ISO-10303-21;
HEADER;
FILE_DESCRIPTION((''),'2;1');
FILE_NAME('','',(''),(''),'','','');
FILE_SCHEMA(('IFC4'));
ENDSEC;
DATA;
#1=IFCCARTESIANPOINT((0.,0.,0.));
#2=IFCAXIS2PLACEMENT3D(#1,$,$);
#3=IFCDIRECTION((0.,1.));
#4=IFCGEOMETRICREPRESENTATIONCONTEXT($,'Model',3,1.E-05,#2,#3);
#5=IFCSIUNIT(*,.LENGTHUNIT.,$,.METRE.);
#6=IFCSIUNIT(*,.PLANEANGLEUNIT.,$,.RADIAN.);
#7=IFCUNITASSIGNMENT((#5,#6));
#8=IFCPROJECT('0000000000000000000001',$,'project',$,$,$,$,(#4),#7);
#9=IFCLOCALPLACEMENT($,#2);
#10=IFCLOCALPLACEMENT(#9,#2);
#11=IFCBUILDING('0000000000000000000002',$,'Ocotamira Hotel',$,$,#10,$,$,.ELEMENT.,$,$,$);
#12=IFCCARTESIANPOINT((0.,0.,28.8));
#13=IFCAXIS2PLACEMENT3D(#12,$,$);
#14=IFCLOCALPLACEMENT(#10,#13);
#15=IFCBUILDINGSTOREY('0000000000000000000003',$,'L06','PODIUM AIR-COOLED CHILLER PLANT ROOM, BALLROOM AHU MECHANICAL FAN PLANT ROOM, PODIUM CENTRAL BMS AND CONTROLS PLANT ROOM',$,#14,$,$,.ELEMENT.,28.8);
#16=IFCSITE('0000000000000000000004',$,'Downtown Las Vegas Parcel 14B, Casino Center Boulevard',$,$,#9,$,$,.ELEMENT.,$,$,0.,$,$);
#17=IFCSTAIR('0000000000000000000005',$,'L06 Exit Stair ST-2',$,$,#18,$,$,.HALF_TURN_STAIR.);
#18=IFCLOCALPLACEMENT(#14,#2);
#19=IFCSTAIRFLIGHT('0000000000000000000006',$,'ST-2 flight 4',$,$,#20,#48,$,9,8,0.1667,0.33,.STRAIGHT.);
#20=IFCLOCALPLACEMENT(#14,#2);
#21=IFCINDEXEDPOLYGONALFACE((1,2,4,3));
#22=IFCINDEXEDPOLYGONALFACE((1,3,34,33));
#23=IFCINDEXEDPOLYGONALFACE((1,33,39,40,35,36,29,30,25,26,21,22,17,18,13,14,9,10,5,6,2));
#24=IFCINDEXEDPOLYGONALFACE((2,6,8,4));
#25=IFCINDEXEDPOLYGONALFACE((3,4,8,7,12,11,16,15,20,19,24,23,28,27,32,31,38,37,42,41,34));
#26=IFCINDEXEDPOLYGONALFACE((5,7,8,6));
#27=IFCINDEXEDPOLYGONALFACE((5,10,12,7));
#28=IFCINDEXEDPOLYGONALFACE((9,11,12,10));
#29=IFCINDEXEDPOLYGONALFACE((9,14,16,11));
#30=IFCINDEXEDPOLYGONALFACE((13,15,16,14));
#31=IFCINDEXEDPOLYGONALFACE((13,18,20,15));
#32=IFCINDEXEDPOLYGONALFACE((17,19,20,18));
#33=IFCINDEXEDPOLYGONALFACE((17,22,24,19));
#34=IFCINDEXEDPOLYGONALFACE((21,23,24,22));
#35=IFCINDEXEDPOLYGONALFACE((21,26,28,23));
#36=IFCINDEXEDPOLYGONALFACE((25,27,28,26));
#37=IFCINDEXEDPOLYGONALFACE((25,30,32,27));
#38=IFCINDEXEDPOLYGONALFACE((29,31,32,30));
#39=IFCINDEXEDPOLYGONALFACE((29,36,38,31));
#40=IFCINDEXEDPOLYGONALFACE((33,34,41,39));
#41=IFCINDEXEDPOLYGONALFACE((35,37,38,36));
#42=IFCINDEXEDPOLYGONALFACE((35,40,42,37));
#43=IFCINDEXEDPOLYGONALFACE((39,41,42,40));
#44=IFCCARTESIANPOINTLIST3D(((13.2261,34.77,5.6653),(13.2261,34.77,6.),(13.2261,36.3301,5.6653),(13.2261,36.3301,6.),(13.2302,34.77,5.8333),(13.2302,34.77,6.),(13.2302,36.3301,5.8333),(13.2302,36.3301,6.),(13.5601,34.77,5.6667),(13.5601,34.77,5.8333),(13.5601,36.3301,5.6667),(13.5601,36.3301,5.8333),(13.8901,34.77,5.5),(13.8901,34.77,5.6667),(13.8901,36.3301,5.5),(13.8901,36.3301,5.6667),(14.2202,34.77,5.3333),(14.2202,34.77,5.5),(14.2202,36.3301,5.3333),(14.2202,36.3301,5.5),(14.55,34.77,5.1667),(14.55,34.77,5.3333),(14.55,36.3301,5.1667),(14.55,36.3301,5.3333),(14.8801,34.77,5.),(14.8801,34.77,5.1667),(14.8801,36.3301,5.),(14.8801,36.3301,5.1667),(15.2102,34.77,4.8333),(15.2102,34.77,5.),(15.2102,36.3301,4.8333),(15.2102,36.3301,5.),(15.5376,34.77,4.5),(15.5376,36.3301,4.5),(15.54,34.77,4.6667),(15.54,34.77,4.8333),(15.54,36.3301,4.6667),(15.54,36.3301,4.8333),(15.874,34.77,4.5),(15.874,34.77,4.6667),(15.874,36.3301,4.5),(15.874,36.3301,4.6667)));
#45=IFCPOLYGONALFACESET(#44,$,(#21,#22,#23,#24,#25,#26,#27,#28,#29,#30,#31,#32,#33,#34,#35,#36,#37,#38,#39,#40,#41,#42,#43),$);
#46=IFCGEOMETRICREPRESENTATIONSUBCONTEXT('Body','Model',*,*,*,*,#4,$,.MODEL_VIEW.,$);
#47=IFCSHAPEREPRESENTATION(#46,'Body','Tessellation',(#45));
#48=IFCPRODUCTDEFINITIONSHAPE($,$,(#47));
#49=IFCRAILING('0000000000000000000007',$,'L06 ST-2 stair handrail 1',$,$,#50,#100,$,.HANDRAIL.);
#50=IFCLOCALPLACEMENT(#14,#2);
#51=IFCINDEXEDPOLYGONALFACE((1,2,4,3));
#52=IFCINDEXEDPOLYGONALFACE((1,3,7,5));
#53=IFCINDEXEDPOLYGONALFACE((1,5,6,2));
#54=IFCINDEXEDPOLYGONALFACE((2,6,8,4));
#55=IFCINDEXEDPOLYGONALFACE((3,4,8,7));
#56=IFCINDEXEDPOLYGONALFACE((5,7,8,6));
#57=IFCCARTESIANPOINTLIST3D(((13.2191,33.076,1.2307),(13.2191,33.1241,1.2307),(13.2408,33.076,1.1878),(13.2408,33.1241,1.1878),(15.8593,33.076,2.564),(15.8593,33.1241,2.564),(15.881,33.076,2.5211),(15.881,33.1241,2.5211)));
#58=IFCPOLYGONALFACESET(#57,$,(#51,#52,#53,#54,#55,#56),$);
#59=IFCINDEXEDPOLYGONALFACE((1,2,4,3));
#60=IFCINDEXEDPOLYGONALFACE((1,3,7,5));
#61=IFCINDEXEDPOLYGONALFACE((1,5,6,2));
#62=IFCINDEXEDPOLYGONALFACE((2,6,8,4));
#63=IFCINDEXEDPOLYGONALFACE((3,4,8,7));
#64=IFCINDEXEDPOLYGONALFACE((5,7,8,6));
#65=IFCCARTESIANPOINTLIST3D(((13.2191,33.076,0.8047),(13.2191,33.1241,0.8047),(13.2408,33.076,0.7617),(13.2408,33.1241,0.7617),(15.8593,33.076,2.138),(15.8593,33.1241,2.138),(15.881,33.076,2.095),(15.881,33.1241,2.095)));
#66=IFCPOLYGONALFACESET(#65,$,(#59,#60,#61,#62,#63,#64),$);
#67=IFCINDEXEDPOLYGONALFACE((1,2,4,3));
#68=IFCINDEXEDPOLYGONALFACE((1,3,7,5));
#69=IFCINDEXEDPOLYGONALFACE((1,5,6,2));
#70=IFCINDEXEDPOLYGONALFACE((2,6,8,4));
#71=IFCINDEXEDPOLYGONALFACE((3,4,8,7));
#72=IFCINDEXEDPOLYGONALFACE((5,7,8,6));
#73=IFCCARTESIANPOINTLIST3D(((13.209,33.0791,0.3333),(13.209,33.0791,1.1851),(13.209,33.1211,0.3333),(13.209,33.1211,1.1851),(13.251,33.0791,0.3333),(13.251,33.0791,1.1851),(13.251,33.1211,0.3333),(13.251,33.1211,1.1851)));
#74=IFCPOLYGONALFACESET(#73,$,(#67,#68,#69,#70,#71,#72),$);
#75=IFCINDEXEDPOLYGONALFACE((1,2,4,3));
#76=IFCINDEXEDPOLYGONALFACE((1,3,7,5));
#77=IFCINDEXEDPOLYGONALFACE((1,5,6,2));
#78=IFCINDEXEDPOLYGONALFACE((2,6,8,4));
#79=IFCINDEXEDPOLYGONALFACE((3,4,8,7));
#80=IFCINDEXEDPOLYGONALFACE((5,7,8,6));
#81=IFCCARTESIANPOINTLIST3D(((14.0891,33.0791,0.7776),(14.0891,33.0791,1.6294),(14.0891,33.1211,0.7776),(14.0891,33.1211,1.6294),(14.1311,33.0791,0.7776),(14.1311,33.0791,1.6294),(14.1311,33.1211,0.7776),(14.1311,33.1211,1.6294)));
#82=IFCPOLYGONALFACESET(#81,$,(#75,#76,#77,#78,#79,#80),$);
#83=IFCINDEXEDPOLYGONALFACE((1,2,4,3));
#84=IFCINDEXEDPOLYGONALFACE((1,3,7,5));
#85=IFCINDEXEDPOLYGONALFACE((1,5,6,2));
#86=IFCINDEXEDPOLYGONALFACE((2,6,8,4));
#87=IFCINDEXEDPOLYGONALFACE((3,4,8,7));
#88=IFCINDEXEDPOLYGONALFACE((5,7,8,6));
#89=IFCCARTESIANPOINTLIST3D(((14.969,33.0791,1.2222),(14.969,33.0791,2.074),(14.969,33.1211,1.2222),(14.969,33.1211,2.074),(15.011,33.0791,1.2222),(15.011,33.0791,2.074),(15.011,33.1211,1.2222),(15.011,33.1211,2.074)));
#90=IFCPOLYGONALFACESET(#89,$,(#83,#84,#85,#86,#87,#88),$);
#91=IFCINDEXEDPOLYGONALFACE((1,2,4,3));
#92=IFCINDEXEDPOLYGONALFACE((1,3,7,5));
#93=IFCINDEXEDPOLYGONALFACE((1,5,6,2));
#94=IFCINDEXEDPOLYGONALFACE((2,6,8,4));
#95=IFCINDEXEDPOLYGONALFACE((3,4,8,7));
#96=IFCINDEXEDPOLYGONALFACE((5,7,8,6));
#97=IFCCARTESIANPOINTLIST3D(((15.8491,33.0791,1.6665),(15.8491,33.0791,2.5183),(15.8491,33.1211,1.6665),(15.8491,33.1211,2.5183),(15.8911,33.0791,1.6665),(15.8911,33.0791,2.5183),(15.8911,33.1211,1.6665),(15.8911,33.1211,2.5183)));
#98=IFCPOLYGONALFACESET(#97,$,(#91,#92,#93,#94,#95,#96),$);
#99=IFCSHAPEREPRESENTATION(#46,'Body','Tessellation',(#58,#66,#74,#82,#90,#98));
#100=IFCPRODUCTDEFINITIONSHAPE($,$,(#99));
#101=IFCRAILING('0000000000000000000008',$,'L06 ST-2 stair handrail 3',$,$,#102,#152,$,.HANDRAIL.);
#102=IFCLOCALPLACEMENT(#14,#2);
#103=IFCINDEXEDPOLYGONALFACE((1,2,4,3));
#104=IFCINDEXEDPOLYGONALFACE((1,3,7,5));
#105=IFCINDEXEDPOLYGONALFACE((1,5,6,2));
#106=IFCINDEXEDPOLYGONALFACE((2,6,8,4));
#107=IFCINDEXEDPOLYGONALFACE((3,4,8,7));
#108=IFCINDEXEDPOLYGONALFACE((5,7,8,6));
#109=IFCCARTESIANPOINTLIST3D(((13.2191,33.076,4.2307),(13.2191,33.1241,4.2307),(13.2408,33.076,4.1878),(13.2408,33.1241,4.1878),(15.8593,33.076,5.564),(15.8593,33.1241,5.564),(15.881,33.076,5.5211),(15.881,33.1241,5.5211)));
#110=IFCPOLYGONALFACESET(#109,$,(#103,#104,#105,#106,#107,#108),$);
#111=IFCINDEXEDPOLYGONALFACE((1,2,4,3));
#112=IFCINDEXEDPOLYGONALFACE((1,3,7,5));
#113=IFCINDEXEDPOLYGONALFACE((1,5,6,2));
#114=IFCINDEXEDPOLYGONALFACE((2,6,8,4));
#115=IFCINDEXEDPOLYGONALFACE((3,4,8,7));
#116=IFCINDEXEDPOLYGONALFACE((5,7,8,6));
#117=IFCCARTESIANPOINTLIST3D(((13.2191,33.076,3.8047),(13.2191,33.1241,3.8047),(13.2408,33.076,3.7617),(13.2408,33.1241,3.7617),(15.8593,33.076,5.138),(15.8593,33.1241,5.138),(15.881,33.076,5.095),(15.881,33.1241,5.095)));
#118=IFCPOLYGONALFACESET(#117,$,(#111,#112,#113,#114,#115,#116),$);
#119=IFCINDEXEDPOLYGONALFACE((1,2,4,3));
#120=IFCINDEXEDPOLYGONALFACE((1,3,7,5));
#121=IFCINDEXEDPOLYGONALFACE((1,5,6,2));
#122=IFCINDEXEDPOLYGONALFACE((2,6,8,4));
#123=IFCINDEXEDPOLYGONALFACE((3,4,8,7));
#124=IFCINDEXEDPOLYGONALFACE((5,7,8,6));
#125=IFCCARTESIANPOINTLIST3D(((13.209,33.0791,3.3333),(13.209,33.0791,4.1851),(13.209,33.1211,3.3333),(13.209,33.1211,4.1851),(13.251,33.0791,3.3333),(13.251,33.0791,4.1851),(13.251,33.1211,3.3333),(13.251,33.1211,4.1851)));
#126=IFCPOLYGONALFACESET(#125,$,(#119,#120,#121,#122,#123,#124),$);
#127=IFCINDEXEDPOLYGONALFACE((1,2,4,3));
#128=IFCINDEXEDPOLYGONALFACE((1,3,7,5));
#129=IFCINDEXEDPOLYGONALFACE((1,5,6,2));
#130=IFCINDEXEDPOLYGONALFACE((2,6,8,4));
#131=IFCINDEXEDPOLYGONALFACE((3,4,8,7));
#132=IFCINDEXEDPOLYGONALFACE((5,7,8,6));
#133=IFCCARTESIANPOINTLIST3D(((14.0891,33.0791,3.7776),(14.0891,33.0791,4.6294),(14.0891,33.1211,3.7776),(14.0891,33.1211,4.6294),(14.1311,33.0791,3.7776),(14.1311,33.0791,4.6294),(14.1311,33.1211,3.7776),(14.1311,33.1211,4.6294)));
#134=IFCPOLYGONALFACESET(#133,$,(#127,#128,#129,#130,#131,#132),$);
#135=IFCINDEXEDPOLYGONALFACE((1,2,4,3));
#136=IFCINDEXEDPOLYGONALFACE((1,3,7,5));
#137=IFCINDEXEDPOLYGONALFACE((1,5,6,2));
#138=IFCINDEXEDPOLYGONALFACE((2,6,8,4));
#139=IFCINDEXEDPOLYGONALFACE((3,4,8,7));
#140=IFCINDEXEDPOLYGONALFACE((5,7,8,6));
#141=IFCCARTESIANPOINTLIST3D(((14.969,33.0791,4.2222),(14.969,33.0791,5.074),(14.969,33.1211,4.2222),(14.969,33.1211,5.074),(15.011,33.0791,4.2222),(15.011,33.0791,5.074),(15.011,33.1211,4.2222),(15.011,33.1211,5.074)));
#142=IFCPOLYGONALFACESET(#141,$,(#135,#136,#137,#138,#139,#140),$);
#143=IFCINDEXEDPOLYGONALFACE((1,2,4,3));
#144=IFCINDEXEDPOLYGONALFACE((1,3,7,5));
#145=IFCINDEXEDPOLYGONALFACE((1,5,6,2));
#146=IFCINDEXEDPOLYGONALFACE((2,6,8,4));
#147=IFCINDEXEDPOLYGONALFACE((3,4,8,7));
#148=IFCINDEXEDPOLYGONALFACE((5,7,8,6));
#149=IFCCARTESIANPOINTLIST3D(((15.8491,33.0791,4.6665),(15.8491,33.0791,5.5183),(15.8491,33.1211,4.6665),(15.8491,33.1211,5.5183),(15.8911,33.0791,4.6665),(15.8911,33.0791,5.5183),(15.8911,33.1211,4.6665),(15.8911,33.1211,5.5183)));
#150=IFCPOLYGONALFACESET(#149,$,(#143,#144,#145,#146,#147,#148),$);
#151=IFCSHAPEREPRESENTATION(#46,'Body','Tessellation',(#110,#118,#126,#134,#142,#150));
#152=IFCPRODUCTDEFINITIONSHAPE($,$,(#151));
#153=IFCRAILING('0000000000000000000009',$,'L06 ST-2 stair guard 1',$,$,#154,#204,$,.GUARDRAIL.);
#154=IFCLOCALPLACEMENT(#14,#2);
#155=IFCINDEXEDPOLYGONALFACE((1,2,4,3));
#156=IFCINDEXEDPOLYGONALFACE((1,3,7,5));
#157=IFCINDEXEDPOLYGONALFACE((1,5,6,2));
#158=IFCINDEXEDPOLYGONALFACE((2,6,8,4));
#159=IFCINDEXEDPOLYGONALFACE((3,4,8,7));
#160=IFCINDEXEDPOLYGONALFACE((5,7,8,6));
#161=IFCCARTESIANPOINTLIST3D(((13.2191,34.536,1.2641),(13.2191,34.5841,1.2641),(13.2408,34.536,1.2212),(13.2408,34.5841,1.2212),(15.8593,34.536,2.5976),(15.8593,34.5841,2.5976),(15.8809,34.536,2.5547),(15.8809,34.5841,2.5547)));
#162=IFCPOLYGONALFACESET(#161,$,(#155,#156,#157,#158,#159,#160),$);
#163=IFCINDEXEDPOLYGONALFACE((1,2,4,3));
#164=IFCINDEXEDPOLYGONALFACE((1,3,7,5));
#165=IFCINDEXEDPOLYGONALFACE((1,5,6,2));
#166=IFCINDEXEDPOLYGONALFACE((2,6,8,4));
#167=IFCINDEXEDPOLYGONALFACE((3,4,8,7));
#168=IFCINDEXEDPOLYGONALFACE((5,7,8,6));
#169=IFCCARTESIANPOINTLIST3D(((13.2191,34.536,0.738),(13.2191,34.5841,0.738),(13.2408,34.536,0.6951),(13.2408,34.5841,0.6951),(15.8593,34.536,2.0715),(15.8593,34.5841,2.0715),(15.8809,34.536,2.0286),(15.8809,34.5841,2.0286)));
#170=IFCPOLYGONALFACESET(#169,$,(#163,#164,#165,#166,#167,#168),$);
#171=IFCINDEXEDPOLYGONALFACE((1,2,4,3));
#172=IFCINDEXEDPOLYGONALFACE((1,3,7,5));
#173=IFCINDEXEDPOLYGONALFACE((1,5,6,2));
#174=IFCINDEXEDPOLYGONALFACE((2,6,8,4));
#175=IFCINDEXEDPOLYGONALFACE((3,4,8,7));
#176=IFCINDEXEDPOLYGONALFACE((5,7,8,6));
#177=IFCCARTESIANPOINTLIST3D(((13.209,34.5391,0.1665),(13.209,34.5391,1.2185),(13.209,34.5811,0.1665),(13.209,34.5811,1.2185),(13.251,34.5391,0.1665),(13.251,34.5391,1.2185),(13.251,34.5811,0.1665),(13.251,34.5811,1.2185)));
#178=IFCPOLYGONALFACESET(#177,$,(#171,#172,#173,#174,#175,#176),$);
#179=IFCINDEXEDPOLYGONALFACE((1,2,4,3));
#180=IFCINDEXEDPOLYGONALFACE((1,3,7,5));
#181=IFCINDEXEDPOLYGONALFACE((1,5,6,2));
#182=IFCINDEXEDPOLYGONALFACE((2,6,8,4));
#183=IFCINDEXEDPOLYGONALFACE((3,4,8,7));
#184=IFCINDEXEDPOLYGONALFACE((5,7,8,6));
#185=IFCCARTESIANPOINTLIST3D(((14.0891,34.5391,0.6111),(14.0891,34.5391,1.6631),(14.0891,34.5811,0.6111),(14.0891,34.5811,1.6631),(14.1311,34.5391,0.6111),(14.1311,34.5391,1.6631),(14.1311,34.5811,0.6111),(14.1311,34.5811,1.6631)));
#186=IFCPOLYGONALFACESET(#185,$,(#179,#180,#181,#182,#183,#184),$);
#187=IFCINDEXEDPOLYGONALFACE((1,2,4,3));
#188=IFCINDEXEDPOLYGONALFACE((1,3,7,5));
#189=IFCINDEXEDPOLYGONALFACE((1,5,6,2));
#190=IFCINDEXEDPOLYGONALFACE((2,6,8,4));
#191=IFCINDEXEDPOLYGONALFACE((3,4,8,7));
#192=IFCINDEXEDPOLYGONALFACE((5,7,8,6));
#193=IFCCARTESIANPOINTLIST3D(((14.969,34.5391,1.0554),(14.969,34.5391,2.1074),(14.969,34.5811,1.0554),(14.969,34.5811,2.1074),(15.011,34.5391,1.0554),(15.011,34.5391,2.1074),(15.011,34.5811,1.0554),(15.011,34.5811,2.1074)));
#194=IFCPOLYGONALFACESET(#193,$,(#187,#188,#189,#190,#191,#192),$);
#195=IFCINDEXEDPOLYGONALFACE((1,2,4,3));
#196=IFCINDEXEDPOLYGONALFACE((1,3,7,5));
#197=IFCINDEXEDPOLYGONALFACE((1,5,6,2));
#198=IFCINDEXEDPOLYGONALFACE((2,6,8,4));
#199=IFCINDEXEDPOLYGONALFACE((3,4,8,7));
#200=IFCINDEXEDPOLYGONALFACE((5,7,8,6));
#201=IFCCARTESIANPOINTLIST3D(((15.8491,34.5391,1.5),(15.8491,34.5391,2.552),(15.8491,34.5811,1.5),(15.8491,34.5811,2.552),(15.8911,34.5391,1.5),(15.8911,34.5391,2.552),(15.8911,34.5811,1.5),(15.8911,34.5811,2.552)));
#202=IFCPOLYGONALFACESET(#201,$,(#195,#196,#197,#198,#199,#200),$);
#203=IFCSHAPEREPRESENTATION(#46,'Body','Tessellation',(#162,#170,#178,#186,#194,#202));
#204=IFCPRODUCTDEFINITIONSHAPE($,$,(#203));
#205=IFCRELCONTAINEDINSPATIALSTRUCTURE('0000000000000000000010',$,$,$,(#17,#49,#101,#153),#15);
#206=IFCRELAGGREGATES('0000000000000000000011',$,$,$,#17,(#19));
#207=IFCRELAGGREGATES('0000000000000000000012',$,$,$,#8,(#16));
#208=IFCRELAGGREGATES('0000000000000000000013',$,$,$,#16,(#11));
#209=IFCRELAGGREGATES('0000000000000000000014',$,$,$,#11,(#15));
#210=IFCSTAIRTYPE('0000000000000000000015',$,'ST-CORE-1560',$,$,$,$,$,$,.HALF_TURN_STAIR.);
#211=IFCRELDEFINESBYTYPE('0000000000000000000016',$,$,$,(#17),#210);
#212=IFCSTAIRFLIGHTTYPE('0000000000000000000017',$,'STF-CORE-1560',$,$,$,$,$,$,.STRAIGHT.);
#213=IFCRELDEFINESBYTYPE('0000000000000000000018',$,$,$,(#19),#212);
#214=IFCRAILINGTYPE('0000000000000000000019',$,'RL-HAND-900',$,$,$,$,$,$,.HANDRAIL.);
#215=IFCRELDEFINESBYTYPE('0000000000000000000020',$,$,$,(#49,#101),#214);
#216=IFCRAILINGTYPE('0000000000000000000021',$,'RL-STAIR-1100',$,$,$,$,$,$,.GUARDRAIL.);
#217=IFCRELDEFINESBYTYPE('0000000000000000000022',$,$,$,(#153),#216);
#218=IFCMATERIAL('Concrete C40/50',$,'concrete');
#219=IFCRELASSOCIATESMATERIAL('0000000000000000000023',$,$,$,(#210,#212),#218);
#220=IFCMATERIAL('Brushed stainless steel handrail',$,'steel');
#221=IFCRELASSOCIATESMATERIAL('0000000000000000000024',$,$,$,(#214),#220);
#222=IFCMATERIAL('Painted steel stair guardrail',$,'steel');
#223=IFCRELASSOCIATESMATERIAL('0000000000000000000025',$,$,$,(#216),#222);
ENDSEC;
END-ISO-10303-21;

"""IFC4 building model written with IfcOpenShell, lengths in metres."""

from ifc_helpers import new_model, si_unit, direction, frame, origin, origin_2d, place, context, subcontext, project, spatial, polyline, rectangle, outline, extrude, source, transform, mapped, material, type_object, element, aggregate, save


model = new_model("IFC4")

# Units and contexts
model_context = context("Model", 3, precision=1e-05, world=origin(), true_north=direction((0.0, 1.0)))
body_context = subcontext(model_context, "Body", "Model", "MODEL_VIEW")
ifc_project = project(units=[si_unit("LENGTHUNIT", "METRE"), si_unit("PLANEANGLEUNIT", "RADIAN")], contexts=[model_context])

# Site, building, storey
site_placement = place(None, origin())
site = spatial("IfcSite", under=ifc_project, at=site_placement, Name="Downtown Las Vegas Parcel 14B, Casino Center Boulevard", CompositionType="ELEMENT", RefElevation=0.0)
building_placement = place(site_placement, origin())
building = spatial("IfcBuilding", under=site, at=building_placement, Name="Ocotamira Hotel", CompositionType="ELEMENT")
storey_placement = place(building_placement, frame((0.0, 0.0, 28.8)))
storey = spatial("IfcBuildingStorey", under=building, at=storey_placement, Name="L06", Description="PODIUM AIR-COOLED CHILLER PLANT ROOM, BALLROOM AHU MECHANICAL FAN PLANT ROOM, PODIUM CENTRAL BMS AND CONTROLS PLANT ROOM", CompositionType="ELEMENT", Elevation=28.8)

# Stair, stair flight
ifc_material_1 = material(Name="Concrete C40/50", Category="concrete")
stair_type = type_object("IfcStairType", Name="ST-CORE-1560", PredefinedType="HALF_TURN_STAIR", material=ifc_material_1)
stair_placement = place(storey_placement, origin())
stair = element("IfcStair", 1, at=stair_placement, inside=storey, type_object=stair_type, Name="L06 Exit Stair ST-2", PredefinedType="HALF_TURN_STAIR")
stair_flight_type = type_object("IfcStairFlightType", Name="STF-CORE-1560", PredefinedType="STRAIGHT", material=ifc_material_1)
shared_shape_1 = source(origin(), body_context, "Body", "SweptSolid", [
    extrude(outline(polyline([(-0.0039, 0.0), (-0.0039, 0.1667), (0.3301, 0.1667), (0.3301, 0.3333), (0.6599, 0.3333), (0.6599, 0.5), (0.99, 0.5), (0.99, 0.6667), (1.3201, 0.6667), (1.3201, 0.8333), (1.6499, 0.8333), (1.6499, 1.0), (1.98, 1.0), (1.98, 1.1667), (2.3101, 1.1667), (2.3101, 1.3333), (2.6399, 1.3333), (2.6399, 1.5), (2.644, 1.5), (2.644, 1.1653), (0.3325, 0.0), (-0.0039, 0.0)])), frame((0.0, 0.78, 0.0), z_axis=(0.0, -1.0, 0.0), x_axis=(1.0, 0.0, 0.0)), (0.0, 0.0, 1.0), 1.5601),
])
stair_flight_1_placement = place(storey_placement, frame((15.8701, 35.55, 4.5), z_axis=(0.0, 0.0, 1.0), x_axis=(-1.0, 0.0, 0.0)))
stair_flight_1 = element("IfcStairFlight", 2, at=stair_flight_1_placement, type_object=stair_flight_type, Name="ST-2 flight 4", NumberOfRisers=9, NumberOfTreads=8, PredefinedType="STRAIGHT", RiserHeight=0.1667, TreadLength=0.33, context=body_context, shape_type="MappedRepresentation", body=[
    mapped(shared_shape_1, transform((0.0, 0.0, 0.0), scale=1.0)),
])
aggregate(stair, [stair_flight_1])

# Railings
ifc_material_2 = material(Name="Brushed stainless steel handrail", Category="steel")
railing_type_1 = type_object("IfcRailingType", Name="RL-HAND-900", PredefinedType="HANDRAIL", material=ifc_material_2)
for number, where, name in (
    (3, (13.23, 33.1001, 0.3333), "L06 ST-2 stair handrail 1"),
    (4, (13.23, 33.1001, 3.3333), "L06 ST-2 stair handrail 3"),
):
    element("IfcRailing", number, at=place(storey_placement, frame(where)), inside=storey, type_object=railing_type_1, Name=name, PredefinedType="HANDRAIL", context=body_context, shape_type="SweptSolid", body=[
        extrude(rectangle(XDim=0.0481, YDim=0.0481, at=origin_2d()), frame((0.0, 0.0, 0.876), z_axis=(0.892637, 0.0, 0.450776), x_axis=(0.0, 1.0, 0.0)), (0.0, 0.0, 1.0), 2.9578),
        extrude(rectangle(XDim=0.0481, YDim=0.0481, at=origin_2d()), frame((0.0, 0.0, 0.45), z_axis=(0.892637, 0.0, 0.450776), x_axis=(0.0, 1.0, 0.0)), (0.0, 0.0, 1.0), 2.9578),
        extrude(rectangle(XDim=0.042, YDim=0.042, at=origin_2d()), origin(), (0.0, 0.0, 1.0), 0.8518),
        extrude(rectangle(XDim=0.042, YDim=0.042, at=origin_2d()), frame((0.8801, 0.0, 0.4443)), (0.0, 0.0, 1.0), 0.8518),
        extrude(rectangle(XDim=0.042, YDim=0.042, at=origin_2d()), frame((1.76, 0.0, 0.8889)), (0.0, 0.0, 1.0), 0.8518),
        extrude(rectangle(XDim=0.042, YDim=0.042, at=origin_2d()), frame((2.6401, 0.0, 1.3333)), (0.0, 0.0, 1.0), 0.8518),
    ])
ifc_material_3 = material(Name="Painted steel stair guardrail", Category="steel")
railing_type_2 = type_object("IfcRailingType", Name="RL-STAIR-1100", PredefinedType="GUARDRAIL", material=ifc_material_3)
railing_1_placement = place(storey_placement, frame((13.23, 34.5601, 0.1665)))
element("IfcRailing", 5, at=railing_1_placement, inside=storey, type_object=railing_type_2, Name="L06 ST-2 stair guard 1", PredefinedType="GUARDRAIL", context=body_context, shape_type="SweptSolid", body=[
    extrude(rectangle(XDim=0.0481, YDim=0.0481, at=origin_2d()), frame((0.0, 0.0, 1.0762), z_axis=(0.892604, 0.0, 0.450842), x_axis=(0.0, 1.0, 0.0)), (0.0, 0.0, 1.0), 2.9578),
    extrude(rectangle(XDim=0.0481, YDim=0.0481, at=origin_2d()), frame((0.0, 0.0, 0.55), z_axis=(0.892604, 0.0, 0.450842), x_axis=(0.0, 1.0, 0.0)), (0.0, 0.0, 1.0), 2.9578),
    extrude(rectangle(XDim=0.042, YDim=0.042, at=origin_2d()), origin(), (0.0, 0.0, 1.0), 1.052),
    extrude(rectangle(XDim=0.042, YDim=0.042, at=origin_2d()), frame((0.8801, 0.0, 0.4446)), (0.0, 0.0, 1.0), 1.052),
    extrude(rectangle(XDim=0.042, YDim=0.042, at=origin_2d()), frame((1.76, 0.0, 0.8889)), (0.0, 0.0, 1.0), 1.052),
    extrude(rectangle(XDim=0.042, YDim=0.042, at=origin_2d()), frame((2.6401, 0.0, 1.3335)), (0.0, 0.0, 1.0), 1.052),
])

save(model, "model.ifc")
